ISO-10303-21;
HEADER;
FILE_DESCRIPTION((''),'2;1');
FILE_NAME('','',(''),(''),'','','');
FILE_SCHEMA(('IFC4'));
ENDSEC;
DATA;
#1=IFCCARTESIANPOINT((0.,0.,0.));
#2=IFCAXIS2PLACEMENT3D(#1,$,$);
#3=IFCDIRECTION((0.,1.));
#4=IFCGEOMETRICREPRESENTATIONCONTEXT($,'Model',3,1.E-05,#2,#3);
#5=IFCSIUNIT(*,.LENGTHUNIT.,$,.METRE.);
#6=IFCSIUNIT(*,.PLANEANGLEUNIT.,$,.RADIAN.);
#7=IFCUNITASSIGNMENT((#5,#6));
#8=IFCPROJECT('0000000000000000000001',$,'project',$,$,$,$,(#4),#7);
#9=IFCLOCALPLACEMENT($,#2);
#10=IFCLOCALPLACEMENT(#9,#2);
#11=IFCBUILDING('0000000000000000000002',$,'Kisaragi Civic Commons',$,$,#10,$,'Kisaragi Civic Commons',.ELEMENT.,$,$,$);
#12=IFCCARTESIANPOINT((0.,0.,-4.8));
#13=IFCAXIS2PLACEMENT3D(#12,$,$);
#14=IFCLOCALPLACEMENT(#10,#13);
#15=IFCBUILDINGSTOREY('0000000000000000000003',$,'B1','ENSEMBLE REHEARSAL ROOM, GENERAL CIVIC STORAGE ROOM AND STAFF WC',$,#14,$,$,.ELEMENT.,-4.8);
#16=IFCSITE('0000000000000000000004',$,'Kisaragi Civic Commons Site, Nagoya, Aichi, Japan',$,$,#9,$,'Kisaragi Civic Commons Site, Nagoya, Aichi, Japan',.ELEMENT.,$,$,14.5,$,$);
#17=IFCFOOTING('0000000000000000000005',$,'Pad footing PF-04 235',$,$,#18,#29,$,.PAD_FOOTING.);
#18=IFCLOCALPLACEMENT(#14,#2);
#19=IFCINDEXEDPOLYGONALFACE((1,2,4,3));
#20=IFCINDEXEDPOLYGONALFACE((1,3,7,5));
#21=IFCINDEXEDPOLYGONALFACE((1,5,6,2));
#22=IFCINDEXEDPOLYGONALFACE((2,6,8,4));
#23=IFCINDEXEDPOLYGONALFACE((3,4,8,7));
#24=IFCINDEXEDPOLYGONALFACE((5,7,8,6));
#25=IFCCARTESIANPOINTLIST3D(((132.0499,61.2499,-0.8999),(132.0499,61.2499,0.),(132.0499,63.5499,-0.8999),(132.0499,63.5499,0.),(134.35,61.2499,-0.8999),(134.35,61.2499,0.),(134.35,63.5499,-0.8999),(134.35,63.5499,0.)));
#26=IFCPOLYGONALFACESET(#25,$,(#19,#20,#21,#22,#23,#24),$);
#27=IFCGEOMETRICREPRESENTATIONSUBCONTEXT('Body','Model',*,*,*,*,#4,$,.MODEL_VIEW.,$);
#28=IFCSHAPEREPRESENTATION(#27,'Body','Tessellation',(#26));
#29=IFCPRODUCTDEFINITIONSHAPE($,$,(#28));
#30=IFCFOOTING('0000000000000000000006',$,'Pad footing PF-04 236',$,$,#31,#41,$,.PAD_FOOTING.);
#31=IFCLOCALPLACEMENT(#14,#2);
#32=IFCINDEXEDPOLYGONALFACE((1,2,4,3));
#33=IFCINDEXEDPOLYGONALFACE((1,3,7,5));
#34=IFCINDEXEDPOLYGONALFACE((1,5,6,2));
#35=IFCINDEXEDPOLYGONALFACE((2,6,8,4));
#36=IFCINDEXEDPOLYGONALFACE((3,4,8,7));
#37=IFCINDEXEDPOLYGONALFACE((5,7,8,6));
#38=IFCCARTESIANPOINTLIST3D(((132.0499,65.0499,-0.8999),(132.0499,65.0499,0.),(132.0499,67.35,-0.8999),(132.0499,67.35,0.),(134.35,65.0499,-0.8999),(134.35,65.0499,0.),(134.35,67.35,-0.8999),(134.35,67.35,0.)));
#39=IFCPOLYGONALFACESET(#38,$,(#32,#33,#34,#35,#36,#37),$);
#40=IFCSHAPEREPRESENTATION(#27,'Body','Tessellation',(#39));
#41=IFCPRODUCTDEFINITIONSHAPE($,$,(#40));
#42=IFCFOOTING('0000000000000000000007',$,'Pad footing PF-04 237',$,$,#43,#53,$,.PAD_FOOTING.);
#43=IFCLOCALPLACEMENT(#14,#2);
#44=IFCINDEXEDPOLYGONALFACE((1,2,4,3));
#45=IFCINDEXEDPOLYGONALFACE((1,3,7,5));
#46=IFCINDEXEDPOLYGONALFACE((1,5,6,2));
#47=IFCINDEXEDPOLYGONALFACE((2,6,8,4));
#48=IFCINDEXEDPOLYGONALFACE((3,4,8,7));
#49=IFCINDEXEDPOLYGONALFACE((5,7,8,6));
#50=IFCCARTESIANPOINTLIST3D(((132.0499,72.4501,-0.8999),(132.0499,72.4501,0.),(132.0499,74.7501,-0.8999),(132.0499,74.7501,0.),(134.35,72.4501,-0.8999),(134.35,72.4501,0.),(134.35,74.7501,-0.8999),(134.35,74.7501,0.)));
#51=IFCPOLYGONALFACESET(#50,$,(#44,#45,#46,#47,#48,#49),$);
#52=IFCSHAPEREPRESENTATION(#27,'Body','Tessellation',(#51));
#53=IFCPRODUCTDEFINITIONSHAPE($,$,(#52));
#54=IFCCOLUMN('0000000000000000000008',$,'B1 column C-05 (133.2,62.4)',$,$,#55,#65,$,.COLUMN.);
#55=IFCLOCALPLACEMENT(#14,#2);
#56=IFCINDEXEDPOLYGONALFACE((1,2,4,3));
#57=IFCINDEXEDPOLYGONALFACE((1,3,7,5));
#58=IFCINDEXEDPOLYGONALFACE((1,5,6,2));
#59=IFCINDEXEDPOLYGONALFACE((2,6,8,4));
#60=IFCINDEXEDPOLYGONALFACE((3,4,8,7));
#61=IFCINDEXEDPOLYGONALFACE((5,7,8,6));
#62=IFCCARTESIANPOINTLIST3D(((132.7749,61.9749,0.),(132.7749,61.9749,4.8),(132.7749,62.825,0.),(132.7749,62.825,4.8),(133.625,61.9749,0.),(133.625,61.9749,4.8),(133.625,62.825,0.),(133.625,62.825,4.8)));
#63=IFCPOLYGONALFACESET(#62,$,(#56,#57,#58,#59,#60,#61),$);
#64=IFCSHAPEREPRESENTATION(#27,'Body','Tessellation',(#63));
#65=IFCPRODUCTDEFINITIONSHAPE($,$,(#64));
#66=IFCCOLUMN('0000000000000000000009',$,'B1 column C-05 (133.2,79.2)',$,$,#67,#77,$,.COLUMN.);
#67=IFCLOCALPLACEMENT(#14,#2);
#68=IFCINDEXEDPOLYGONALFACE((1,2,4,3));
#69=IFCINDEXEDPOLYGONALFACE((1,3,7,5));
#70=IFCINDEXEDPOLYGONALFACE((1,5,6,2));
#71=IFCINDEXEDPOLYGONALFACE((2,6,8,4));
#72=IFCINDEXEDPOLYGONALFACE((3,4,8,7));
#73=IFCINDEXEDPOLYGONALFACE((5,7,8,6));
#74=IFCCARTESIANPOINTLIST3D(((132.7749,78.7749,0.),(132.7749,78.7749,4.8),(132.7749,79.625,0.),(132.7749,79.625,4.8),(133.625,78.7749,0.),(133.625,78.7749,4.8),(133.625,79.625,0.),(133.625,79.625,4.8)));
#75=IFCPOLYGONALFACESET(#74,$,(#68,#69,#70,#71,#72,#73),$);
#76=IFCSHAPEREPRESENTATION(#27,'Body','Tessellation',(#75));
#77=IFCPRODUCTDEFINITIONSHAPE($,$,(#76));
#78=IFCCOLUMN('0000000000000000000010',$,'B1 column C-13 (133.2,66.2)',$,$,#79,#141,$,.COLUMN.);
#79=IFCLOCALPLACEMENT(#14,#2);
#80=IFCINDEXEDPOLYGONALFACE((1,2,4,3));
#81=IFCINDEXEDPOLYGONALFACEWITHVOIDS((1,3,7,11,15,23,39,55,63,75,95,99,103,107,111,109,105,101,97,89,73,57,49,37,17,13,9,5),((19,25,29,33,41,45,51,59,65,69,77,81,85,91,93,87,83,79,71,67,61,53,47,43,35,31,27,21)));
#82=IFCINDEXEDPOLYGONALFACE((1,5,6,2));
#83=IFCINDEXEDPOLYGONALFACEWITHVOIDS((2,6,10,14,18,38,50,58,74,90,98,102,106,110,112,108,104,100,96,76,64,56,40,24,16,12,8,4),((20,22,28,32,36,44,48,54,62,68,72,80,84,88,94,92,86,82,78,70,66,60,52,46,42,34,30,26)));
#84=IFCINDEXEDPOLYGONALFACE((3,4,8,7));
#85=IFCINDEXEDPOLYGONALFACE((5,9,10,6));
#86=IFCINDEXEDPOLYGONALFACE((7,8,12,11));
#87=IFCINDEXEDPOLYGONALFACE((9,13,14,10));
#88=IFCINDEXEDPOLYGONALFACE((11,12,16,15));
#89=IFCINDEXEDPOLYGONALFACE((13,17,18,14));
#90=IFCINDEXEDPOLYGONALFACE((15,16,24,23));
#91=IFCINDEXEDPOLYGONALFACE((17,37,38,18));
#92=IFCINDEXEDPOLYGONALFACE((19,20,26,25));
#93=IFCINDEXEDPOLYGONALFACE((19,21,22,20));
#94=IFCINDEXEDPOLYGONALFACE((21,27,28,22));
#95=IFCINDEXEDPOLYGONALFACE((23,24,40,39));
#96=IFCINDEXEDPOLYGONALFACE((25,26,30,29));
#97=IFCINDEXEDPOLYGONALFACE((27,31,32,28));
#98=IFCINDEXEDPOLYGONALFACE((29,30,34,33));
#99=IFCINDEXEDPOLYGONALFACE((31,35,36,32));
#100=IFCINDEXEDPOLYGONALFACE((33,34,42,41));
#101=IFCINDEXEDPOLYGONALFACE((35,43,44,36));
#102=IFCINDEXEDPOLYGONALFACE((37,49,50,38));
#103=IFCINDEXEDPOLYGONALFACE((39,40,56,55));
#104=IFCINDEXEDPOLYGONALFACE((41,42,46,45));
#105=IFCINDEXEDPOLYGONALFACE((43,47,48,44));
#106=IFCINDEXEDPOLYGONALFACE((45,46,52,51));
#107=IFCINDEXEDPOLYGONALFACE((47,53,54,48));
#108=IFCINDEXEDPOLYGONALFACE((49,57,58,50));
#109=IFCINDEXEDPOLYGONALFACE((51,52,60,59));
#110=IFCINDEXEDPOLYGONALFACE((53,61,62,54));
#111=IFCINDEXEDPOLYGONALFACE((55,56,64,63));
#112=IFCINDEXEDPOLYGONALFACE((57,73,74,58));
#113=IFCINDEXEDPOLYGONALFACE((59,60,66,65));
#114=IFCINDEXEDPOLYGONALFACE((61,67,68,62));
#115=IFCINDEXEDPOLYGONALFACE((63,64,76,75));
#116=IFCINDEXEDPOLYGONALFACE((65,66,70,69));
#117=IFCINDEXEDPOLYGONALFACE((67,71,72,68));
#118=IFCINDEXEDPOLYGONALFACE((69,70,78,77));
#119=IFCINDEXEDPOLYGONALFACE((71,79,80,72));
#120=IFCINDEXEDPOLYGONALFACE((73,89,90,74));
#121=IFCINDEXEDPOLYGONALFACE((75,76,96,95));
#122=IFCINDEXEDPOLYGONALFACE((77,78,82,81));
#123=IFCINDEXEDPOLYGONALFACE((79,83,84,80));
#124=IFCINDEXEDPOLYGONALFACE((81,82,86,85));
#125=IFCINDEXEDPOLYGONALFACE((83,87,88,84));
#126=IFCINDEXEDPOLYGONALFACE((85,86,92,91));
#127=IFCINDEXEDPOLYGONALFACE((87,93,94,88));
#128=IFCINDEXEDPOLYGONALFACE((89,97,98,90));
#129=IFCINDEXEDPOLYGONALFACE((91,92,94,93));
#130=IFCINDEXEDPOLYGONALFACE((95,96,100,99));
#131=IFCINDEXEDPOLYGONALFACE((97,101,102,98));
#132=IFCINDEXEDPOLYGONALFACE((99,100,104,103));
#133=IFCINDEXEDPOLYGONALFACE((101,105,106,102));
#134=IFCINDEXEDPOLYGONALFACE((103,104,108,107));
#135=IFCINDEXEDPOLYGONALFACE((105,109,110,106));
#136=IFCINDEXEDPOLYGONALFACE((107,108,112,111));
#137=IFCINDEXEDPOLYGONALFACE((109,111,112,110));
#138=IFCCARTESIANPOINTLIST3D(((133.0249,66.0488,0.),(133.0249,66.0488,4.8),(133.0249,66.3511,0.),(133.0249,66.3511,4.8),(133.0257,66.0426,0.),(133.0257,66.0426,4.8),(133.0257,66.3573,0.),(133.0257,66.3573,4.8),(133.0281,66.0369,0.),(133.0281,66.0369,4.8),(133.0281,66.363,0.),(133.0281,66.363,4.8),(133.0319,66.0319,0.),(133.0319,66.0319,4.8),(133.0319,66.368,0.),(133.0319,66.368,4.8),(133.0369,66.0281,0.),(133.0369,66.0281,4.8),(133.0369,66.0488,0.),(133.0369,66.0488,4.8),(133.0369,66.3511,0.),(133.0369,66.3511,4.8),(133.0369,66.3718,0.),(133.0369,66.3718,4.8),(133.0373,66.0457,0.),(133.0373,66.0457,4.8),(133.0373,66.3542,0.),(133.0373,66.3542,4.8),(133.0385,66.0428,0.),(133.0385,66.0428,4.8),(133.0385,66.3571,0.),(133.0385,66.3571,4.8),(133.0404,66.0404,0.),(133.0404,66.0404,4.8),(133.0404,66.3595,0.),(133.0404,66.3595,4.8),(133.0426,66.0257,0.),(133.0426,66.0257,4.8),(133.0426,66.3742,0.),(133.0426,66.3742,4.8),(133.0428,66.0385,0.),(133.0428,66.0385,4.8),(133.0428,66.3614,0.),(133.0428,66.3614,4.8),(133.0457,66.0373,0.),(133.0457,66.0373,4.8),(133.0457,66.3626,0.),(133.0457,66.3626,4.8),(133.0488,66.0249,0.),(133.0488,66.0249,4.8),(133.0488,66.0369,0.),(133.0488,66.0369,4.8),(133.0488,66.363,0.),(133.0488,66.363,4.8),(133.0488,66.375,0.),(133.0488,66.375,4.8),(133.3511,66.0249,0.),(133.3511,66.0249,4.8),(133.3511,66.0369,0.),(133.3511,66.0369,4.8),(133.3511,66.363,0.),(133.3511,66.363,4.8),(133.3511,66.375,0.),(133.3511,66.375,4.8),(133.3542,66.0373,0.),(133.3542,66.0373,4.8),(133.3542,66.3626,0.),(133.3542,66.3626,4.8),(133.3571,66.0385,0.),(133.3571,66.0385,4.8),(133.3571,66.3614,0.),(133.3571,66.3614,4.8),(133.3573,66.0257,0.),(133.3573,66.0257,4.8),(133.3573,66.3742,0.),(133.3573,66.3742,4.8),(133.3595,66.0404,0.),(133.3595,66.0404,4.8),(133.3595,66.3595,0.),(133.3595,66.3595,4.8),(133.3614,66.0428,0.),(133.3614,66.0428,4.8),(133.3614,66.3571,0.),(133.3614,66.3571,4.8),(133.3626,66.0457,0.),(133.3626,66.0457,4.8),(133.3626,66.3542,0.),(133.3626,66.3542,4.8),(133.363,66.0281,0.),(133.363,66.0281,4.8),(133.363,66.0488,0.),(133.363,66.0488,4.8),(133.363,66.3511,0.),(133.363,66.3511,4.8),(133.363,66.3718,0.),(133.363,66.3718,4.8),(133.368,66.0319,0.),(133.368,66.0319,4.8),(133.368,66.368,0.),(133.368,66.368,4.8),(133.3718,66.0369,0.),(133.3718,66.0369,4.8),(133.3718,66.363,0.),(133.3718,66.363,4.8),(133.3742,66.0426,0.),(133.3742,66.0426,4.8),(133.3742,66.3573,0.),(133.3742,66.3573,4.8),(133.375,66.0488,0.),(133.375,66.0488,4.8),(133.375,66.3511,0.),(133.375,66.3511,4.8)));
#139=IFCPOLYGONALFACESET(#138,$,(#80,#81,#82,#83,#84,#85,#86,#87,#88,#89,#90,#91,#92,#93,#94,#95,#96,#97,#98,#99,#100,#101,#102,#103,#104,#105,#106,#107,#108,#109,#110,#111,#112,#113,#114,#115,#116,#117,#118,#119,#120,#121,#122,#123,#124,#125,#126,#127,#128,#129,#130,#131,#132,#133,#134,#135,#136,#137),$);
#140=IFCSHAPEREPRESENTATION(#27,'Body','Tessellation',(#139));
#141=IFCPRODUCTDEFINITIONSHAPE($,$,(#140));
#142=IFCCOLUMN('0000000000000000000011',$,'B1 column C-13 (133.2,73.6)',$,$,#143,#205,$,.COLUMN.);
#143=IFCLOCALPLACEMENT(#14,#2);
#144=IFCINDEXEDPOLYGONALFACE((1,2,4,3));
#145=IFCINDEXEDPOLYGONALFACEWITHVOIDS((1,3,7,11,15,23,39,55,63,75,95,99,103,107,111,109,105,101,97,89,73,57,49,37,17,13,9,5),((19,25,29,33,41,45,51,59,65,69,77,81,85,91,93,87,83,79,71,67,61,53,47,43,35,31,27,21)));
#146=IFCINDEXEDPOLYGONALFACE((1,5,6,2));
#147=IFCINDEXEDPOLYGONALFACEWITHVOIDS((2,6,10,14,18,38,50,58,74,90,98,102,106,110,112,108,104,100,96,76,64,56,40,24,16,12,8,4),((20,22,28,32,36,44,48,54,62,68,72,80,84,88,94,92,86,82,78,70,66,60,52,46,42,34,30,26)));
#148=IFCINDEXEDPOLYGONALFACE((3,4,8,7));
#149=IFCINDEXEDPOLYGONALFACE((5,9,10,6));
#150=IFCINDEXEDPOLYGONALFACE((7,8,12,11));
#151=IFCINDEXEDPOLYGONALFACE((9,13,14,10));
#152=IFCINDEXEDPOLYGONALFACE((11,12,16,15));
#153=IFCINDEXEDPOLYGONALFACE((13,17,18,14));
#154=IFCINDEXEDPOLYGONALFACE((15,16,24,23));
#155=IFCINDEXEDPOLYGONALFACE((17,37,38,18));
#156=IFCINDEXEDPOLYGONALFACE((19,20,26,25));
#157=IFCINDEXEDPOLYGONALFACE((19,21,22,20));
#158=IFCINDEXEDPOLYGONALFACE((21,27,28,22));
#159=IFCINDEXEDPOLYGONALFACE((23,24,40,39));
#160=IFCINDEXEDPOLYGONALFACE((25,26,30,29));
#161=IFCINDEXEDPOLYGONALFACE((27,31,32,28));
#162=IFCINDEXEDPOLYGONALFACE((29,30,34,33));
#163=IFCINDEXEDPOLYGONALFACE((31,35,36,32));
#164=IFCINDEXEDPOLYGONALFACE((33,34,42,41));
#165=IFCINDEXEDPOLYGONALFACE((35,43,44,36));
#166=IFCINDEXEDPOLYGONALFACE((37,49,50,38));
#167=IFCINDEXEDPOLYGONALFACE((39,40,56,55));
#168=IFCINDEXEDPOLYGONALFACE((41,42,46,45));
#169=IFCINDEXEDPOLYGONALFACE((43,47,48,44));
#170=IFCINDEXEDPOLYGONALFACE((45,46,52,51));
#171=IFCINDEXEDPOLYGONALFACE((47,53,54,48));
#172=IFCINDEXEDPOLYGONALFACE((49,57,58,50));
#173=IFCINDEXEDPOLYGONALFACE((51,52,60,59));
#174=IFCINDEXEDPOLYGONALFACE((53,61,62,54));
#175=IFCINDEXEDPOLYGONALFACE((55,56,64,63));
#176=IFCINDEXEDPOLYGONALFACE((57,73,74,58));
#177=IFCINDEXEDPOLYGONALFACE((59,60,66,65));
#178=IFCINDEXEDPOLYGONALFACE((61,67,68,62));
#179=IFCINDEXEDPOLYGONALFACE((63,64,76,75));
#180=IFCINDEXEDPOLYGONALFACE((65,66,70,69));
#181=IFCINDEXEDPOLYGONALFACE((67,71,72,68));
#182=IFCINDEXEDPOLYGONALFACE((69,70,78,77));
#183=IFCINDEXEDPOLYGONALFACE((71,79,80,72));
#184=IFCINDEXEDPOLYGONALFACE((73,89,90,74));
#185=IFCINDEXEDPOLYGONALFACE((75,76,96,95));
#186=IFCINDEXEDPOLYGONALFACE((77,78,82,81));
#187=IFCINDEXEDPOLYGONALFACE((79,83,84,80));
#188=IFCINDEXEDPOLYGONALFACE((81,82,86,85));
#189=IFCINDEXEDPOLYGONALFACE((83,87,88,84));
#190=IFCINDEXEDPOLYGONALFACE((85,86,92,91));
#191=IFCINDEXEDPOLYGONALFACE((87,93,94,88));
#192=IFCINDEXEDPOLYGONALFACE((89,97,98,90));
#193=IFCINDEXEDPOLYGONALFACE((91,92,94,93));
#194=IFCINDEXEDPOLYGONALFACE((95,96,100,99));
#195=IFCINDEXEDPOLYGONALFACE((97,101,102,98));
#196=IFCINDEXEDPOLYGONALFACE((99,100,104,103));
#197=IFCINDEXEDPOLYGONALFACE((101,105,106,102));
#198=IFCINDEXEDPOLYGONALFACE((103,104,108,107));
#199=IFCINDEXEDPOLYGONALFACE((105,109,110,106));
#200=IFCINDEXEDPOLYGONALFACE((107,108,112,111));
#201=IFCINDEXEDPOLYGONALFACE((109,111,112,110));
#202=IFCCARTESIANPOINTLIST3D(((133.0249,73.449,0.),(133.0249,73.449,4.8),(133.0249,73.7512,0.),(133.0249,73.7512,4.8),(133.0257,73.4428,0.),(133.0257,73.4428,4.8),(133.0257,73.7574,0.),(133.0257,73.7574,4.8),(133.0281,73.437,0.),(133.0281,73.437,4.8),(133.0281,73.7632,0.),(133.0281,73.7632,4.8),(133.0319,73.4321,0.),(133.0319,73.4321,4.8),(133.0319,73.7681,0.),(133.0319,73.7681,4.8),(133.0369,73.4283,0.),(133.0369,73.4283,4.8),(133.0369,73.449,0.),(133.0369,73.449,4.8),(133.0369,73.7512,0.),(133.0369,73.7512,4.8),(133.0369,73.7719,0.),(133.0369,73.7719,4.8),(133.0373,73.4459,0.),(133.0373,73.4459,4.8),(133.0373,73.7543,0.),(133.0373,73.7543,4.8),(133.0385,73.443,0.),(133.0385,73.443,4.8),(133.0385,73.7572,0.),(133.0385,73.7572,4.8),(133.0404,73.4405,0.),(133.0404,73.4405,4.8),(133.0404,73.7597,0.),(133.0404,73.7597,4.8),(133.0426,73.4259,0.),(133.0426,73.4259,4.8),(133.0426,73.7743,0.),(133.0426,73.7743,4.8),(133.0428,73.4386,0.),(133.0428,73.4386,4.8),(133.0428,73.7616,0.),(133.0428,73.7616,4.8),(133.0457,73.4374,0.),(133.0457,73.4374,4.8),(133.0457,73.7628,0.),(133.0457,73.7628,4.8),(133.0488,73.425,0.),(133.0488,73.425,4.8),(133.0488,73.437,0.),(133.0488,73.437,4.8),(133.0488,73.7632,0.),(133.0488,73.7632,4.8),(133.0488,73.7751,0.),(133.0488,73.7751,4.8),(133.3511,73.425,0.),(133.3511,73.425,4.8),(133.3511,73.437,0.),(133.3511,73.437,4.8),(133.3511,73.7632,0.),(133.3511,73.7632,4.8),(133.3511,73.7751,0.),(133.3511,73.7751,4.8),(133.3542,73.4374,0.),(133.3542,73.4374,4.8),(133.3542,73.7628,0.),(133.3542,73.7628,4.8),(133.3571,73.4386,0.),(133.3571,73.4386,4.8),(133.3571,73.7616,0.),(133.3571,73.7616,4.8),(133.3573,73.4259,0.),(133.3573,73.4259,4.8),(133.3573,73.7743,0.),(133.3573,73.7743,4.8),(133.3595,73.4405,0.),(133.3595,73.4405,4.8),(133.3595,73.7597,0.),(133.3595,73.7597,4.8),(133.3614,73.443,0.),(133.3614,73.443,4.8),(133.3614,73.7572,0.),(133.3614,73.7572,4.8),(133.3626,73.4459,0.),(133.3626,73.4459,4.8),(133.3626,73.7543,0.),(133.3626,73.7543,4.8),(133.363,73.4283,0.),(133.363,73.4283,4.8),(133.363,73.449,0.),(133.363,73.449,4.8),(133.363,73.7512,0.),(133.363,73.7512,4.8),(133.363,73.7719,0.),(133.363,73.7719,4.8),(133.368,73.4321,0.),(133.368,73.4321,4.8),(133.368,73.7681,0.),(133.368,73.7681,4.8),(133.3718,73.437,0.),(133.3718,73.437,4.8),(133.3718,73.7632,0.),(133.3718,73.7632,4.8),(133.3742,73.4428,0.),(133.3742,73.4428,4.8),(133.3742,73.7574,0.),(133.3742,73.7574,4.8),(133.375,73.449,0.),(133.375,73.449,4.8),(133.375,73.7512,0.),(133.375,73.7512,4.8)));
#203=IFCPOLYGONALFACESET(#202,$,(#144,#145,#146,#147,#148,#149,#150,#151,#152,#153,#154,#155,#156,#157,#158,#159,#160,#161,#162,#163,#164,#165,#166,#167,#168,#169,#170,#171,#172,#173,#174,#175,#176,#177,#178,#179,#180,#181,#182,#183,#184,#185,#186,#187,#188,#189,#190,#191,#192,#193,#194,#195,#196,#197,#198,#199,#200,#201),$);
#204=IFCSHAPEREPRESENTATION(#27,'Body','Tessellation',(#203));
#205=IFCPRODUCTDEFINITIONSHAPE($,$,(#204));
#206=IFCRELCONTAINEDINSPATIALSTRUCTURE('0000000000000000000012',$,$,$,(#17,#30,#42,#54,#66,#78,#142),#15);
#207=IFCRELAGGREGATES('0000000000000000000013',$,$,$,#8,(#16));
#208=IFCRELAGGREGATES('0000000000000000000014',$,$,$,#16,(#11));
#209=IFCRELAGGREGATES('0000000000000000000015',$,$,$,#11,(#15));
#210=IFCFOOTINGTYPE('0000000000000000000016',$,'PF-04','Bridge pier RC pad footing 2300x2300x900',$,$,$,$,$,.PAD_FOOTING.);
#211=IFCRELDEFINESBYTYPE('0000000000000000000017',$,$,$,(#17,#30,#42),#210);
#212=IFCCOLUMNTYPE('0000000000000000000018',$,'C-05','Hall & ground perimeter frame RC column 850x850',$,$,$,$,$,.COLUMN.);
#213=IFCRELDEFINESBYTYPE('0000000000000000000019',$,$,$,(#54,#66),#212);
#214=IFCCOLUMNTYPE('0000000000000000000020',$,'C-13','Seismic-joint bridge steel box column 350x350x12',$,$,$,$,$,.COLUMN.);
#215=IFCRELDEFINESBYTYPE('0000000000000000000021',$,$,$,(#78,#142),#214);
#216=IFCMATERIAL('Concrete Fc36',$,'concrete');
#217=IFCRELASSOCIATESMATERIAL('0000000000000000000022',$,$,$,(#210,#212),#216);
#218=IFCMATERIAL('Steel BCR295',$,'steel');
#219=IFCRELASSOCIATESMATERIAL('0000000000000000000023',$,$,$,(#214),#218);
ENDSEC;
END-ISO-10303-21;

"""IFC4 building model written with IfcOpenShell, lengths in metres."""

from ifc_helpers import new_model, si_unit, direction, frame, origin, origin_2d, place, context, subcontext, project, spatial, rectangle, hollow_rectangle, extrude, material, material_profile, profile_set, type_object, element, save


model = new_model("IFC4")

# Units and contexts
model_context = context("Model", 3, precision=1e-05, world=origin(), true_north=direction((0.0, 1.0)))
body_context = subcontext(model_context, "Body", "Model", "MODEL_VIEW")
ifc_project = project(units=[si_unit("LENGTHUNIT", "METRE"), si_unit("PLANEANGLEUNIT", "RADIAN")], contexts=[model_context])

# Site, building, storey
site_placement = place(None, origin())
site = spatial("IfcSite", under=ifc_project, at=site_placement, Name="Kisaragi Civic Commons Site, Nagoya, Aichi, Japan", LongName="Kisaragi Civic Commons Site, Nagoya, Aichi, Japan", CompositionType="ELEMENT", RefElevation=14.5)
building_placement = place(site_placement, origin())
building = spatial("IfcBuilding", under=site, at=building_placement, Name="Kisaragi Civic Commons", LongName="Kisaragi Civic Commons", CompositionType="ELEMENT")
storey_placement = place(building_placement, frame((0.0, 0.0, -4.8)))
storey = spatial("IfcBuildingStorey", under=building, at=storey_placement, Name="B1", Description="ENSEMBLE REHEARSAL ROOM, GENERAL CIVIC STORAGE ROOM AND STAFF WC", CompositionType="ELEMENT", Elevation=-4.8)

# Footings
ifc_material_1 = material(Name="Concrete Fc36", Category="concrete")
footing_type_1 = type_object("IfcFootingType", Name="PF-04", Description="Bridge pier RC pad footing 2300x2300x900", PredefinedType="PAD_FOOTING", material=ifc_material_1)
for number, where, z_axis, x_axis, name in (
    (1, (133.2, 62.3999, -0.8999), (0.0, 0.0, 1.0), (1.0, 0.0, 0.0), "Pad footing PF-04 235"),
    (2, (133.2, 66.2, -0.8999), (0.0, 0.0, 1.0), (1.0, 0.0, 0.0), "Pad footing PF-04 236"),
    (3, (133.2, 73.6001, -0.8999), (0.0, 0.0, 1.0), (1.0, 0.0, 0.0), "Pad footing PF-04 237"),
):
    element("IfcFooting", number, at=place(storey_placement, frame(where, z_axis=z_axis, x_axis=x_axis)), inside=storey, type_object=footing_type_1, Name=name, PredefinedType="PAD_FOOTING", context=body_context, shape_type="SweptSolid", body=[
        extrude(rectangle(XDim=2.3, YDim=2.3, at=origin_2d()), origin(), (0.0, 0.0, 1.0), 0.8999),
    ])

# Columns
ifc_material_profile_1 = material_profile(ifc_material_1, rectangle(XDim=0.8501, YDim=0.8501, at=origin_2d()), Name="RC-850x850", Category="concrete")
ifc_profile_set_1 = profile_set([ifc_material_profile_1], Name="Concrete Fc36")
column_type_1 = type_object("IfcColumnType", Name="C-05", Description="Hall & ground perimeter frame RC column 850x850", PredefinedType="COLUMN", material=ifc_profile_set_1)
for number, where, z_axis, x_axis, name in (
    (4, (133.2, 62.3999, 0.0), (0.0, 0.0, 1.0), (1.0, 0.0, 0.0), "B1 column C-05 (133.2,62.4)"),
    (5, (133.2, 79.2, 0.0), (0.0, 0.0, 1.0), (1.0, 0.0, 0.0), "B1 column C-05 (133.2,79.2)"),
):
    element("IfcColumn", number, at=place(storey_placement, frame(where, z_axis=z_axis, x_axis=x_axis)), inside=storey, type_object=column_type_1, Name=name, PredefinedType="COLUMN", context=body_context, shape_type="SweptSolid", body=[
        extrude(rectangle(XDim=0.8501, YDim=0.8501, at=origin_2d()), origin(), (0.0, 0.0, 1.0), 4.8),
    ])
ifc_material_2 = material(Name="Steel BCR295", Category="steel")
ifc_material_profile_2 = material_profile(ifc_material_2, hollow_rectangle(XDim=0.3501, YDim=0.3501, WallThickness=0.012, InnerFilletRadius=0.012, OuterFilletRadius=0.0239, at=origin_2d()), Name="BCR-350x350x12", Category="steel")
ifc_profile_set_2 = profile_set([ifc_material_profile_2], Name="Steel BCR295")
column_type_2 = type_object("IfcColumnType", Name="C-13", Description="Seismic-joint bridge steel box column 350x350x12", PredefinedType="COLUMN", material=ifc_profile_set_2)
for number, where, z_axis, x_axis, name in (
    (6, (133.2, 66.2, 0.0), (0.0, 0.0, 1.0), (1.0, 0.0, 0.0), "B1 column C-13 (133.2,66.2)"),
    (7, (133.2, 73.6001, 0.0), (0.0, 0.0, 1.0), (1.0, 0.0, 0.0), "B1 column C-13 (133.2,73.6)"),
):
    element("IfcColumn", number, at=place(storey_placement, frame(where, z_axis=z_axis, x_axis=x_axis)), inside=storey, type_object=column_type_2, Name=name, PredefinedType="COLUMN", context=body_context, shape_type="SweptSolid", body=[
        extrude(hollow_rectangle(XDim=0.3501, YDim=0.3501, WallThickness=0.012, InnerFilletRadius=0.012, OuterFilletRadius=0.0239, at=origin_2d()), origin(), (0.0, 0.0, 1.0), 4.8),
    ])

save(model, "model.ifc")
